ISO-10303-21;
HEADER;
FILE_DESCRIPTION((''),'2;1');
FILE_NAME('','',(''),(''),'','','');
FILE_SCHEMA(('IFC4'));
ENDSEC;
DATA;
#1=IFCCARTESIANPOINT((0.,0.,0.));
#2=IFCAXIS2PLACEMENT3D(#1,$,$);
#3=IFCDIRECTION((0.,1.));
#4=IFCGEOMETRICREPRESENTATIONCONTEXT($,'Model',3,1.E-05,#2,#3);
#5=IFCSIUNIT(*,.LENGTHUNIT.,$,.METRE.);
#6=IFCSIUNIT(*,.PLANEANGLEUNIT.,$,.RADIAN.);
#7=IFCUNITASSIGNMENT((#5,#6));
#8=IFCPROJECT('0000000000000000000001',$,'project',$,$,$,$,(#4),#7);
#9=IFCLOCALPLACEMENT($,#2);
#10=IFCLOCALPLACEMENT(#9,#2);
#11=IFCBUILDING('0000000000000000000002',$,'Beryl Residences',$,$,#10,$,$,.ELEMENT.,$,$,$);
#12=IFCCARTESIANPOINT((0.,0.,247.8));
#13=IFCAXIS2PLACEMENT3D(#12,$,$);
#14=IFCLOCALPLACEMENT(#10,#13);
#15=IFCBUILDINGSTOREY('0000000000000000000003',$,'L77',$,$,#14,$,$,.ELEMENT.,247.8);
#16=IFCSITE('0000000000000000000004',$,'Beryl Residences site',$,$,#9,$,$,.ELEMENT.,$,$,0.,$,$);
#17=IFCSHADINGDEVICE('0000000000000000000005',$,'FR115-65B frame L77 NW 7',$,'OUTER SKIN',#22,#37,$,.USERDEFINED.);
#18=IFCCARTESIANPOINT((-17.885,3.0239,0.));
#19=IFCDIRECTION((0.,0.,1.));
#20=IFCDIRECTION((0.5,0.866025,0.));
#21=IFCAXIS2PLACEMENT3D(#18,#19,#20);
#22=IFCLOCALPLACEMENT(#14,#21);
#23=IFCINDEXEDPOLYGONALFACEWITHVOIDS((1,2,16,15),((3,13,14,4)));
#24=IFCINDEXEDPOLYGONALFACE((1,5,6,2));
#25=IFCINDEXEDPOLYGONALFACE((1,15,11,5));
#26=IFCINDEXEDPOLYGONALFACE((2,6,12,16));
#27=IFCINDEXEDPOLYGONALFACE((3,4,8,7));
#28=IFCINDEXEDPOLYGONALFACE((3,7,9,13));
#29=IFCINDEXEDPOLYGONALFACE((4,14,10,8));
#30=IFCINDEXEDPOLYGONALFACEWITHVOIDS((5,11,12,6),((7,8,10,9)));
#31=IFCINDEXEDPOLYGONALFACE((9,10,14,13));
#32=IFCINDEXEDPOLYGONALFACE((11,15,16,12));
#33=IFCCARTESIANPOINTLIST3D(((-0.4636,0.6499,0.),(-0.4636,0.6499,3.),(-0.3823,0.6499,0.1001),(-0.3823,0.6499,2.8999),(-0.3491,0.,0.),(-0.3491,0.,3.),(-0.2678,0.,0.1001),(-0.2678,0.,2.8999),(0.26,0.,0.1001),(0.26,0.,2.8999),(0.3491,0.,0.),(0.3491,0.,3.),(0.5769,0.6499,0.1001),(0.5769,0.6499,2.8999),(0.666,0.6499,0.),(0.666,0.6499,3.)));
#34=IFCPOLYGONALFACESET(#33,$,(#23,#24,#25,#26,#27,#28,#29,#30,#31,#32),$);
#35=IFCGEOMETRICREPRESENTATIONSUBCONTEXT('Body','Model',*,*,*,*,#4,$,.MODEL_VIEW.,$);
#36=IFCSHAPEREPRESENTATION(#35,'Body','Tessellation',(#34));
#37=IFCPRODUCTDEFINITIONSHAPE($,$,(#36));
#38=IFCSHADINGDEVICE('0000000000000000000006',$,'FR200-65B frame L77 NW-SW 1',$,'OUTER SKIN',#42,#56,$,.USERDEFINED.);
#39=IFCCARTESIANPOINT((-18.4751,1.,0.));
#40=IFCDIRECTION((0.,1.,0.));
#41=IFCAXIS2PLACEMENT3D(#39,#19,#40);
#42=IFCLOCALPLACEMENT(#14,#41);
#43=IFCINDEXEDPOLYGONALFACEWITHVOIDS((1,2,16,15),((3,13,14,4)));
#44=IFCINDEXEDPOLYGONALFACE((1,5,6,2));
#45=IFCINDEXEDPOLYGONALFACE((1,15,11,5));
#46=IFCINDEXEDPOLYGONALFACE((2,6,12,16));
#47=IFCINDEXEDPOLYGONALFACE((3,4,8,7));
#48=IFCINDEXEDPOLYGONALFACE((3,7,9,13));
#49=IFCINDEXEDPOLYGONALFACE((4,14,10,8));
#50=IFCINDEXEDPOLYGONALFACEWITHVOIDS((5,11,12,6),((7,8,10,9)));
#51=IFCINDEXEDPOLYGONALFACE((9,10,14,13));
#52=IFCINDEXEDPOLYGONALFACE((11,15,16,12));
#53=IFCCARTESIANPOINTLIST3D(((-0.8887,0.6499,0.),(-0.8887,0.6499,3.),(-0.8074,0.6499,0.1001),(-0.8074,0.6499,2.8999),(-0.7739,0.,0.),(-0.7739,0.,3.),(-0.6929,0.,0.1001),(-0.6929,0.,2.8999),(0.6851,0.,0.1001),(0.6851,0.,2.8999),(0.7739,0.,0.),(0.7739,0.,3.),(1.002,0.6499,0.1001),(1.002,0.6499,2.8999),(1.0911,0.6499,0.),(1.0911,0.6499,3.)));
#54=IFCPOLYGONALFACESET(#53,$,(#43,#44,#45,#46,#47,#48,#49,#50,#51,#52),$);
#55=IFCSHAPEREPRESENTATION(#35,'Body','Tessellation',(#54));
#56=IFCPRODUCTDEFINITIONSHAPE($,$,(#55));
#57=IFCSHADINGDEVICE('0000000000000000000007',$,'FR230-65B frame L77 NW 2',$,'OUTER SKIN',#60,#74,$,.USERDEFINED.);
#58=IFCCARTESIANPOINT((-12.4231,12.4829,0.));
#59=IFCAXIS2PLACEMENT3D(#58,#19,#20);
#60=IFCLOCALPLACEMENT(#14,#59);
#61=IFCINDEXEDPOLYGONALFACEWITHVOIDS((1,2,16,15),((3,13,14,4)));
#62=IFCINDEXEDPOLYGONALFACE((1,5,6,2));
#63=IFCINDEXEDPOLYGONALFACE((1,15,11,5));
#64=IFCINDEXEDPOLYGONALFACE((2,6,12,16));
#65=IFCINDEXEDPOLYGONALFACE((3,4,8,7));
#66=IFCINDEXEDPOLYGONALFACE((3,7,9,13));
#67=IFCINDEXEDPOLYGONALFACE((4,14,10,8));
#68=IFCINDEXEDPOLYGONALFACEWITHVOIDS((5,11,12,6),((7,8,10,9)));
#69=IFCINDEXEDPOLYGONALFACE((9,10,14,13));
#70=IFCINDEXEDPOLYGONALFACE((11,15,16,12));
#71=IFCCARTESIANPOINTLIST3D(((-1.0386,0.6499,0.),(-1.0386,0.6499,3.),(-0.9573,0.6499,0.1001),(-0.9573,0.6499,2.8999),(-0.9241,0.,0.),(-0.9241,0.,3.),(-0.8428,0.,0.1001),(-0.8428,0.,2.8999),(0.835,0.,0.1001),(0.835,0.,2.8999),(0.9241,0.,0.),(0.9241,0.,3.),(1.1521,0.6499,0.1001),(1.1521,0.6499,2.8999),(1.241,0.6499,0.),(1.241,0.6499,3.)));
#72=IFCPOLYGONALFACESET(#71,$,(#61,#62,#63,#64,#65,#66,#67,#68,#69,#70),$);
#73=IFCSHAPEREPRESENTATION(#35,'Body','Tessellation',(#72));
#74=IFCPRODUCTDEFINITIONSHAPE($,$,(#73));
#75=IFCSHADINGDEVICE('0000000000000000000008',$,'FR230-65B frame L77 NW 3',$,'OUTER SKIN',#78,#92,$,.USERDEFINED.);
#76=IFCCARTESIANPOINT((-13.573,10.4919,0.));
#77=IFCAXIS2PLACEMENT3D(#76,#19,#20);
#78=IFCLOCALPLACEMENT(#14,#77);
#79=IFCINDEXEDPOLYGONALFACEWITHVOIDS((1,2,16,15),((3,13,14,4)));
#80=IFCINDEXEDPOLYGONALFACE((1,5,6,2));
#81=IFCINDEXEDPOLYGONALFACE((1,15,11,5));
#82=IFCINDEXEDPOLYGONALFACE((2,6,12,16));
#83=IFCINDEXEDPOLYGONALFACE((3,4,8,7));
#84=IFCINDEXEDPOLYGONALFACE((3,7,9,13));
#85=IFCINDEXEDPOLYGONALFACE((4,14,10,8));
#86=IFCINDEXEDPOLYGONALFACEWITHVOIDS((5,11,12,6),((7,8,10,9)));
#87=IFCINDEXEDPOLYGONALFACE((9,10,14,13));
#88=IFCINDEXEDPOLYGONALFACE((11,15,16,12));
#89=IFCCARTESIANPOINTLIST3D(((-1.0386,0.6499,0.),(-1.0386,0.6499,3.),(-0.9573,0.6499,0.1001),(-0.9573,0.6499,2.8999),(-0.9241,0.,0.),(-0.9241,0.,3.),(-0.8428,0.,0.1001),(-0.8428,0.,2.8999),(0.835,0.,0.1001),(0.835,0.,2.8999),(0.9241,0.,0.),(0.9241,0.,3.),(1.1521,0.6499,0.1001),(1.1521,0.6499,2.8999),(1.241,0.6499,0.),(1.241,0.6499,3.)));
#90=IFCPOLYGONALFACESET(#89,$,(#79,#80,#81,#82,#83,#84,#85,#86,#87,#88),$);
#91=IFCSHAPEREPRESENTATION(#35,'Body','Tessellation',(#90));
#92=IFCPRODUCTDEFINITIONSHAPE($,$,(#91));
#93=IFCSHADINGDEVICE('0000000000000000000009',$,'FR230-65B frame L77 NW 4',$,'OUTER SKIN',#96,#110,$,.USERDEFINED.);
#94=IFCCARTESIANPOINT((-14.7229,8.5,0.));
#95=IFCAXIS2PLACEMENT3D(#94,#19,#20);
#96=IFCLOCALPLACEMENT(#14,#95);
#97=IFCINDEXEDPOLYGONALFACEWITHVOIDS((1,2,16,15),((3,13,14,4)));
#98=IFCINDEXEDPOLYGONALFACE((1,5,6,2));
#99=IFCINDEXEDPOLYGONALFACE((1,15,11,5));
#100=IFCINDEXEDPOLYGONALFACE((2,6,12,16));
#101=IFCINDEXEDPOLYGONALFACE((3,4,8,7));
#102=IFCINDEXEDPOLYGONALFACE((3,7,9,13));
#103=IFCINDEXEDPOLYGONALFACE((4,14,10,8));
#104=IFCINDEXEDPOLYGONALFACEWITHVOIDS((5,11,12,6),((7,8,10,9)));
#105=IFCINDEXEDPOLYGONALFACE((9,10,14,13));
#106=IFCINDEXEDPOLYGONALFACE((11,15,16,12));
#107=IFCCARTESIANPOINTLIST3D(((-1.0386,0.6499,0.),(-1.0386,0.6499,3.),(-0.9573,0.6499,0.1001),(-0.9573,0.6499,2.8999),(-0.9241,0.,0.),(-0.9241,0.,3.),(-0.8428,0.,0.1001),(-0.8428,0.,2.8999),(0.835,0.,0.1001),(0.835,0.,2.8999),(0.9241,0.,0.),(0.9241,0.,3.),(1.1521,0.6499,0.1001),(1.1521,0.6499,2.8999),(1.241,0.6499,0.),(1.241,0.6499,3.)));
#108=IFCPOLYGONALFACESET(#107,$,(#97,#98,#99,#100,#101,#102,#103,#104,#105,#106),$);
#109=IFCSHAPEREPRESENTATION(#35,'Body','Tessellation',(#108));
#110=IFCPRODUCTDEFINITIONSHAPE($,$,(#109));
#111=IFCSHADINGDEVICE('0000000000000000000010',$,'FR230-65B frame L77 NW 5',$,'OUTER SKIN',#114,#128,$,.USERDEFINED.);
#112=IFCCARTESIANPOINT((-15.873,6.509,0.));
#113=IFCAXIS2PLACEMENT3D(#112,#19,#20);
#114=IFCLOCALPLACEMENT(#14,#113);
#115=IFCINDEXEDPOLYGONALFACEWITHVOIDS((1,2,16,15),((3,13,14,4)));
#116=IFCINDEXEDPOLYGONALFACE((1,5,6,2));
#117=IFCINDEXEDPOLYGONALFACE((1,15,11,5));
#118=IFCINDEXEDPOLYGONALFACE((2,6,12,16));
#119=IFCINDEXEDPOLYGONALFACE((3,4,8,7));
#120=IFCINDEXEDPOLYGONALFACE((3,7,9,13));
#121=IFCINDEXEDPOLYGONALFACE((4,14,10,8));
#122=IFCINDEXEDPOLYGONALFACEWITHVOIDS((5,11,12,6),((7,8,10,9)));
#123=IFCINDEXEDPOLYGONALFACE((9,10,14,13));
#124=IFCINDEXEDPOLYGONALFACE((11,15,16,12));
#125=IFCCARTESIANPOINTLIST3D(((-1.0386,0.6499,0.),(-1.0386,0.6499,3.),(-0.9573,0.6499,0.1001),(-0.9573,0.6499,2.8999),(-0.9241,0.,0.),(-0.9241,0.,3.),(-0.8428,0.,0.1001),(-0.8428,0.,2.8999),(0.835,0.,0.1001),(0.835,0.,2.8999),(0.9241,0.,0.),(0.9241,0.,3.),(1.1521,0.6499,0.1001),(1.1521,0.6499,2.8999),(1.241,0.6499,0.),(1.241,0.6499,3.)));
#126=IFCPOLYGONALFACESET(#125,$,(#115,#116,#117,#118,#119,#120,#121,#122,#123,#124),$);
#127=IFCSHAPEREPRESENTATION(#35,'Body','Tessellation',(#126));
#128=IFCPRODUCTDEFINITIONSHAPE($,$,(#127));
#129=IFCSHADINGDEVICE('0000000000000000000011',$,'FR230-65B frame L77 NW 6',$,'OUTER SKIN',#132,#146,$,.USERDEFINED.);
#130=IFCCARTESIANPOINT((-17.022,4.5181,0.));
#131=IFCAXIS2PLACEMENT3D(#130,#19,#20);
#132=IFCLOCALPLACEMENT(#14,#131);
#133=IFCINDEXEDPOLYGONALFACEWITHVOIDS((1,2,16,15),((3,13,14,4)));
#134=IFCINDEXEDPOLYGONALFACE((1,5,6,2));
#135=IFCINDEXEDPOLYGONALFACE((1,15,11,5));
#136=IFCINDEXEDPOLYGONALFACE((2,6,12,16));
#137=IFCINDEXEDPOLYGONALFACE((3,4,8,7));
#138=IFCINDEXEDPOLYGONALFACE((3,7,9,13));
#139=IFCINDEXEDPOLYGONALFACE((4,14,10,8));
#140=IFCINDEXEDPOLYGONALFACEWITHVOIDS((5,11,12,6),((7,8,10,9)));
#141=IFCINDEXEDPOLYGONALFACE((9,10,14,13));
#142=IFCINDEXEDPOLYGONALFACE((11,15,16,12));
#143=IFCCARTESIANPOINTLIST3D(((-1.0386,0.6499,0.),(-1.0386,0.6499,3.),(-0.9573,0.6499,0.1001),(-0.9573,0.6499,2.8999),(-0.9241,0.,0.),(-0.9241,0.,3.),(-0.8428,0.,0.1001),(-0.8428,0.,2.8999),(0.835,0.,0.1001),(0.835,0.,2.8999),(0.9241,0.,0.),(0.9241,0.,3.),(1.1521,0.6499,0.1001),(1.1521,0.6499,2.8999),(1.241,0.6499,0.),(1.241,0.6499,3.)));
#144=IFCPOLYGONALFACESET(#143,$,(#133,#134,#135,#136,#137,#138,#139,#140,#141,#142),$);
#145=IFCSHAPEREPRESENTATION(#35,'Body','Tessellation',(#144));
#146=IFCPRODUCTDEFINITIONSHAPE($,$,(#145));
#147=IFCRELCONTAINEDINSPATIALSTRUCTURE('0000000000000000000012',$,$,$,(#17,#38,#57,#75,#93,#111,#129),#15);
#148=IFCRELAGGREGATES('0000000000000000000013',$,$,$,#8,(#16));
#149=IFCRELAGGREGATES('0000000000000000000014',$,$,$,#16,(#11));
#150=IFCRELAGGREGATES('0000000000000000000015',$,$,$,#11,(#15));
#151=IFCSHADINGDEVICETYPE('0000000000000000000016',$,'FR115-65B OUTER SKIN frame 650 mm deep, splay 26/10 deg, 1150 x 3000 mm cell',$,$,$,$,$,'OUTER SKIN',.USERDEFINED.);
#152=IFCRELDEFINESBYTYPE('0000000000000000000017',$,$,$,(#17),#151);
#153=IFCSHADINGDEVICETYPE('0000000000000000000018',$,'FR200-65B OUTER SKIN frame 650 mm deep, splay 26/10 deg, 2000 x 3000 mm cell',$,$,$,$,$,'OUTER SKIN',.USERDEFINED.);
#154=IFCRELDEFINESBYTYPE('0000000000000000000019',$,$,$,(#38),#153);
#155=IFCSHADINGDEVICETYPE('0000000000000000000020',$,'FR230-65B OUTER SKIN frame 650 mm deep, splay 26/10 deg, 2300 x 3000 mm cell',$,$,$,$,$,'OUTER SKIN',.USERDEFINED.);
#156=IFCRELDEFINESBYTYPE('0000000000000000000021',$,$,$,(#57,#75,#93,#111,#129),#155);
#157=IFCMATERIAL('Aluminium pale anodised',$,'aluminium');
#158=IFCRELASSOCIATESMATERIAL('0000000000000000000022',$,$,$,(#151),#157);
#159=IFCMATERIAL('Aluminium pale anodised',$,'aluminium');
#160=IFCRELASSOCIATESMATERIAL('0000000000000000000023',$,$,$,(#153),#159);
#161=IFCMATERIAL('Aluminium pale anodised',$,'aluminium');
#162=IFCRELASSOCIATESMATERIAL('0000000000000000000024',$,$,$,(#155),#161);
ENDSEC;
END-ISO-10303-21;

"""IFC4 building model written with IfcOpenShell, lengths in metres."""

from ifc_helpers import new_model, entity, si_unit, direction, frame, origin, place, context, subcontext, project, spatial, source, transform, mapped, material, type_object, type_shapes, element, save


model = new_model("IFC4")

# Units and contexts
model_context = context("Model", 3, precision=1e-05, world=origin(), true_north=direction((0.0, 1.0)))
body_context = subcontext(model_context, "Body", "Model", "MODEL_VIEW")
ifc_project = project(units=[si_unit("LENGTHUNIT", "METRE"), si_unit("PLANEANGLEUNIT", "RADIAN")], contexts=[model_context])

# Site, building, storey
site_placement = place(None, origin())
site = spatial("IfcSite", under=ifc_project, at=site_placement, Name="Beryl Residences site", CompositionType="ELEMENT", RefElevation=0.0)
building_placement = place(site_placement, origin())
building = spatial("IfcBuilding", under=site, at=building_placement, Name="Beryl Residences", CompositionType="ELEMENT")
storey_placement = place(building_placement, frame((0.0, 0.0, 247.8)))
storey = spatial("IfcBuildingStorey", under=building, at=storey_placement, Name="L77", CompositionType="ELEMENT", Elevation=247.8)

# Shading devices
ifc_material_1 = material(Name="Aluminium pale anodised", Category="aluminium")
shading_device_type_1 = type_object("IfcShadingDeviceType", Name="FR115-65B OUTER SKIN frame 650 mm deep, splay 26/10 deg, 1150 x 3000 mm cell", ElementType="OUTER SKIN", PredefinedType="USERDEFINED", material=ifc_material_1)
cartesian_point_1 = entity("IfcCartesianPoint", [-0.3491, 0.0])
cartesian_point_2 = entity("IfcCartesianPoint", [-0.26, 0.1001])
cartesian_point_3 = entity("IfcCartesianPoint", [-0.666, 0.0])
cartesian_point_4 = entity("IfcCartesianPoint", [-0.5769, 0.1001])
shared_shape_1 = source(origin(), body_context, "Body", "SweptSolid", [
    entity("IfcExtrudedAreaSolidTapered", entity("IfcArbitraryProfileDefWithVoids", "AREA", None, entity("IfcPolyline", [cartesian_point_1, entity("IfcCartesianPoint", [0.3491, 0.0]), entity("IfcCartesianPoint", [0.3491, 3.0]), entity("IfcCartesianPoint", [-0.3491, 3.0]), cartesian_point_1]), [entity("IfcPolyline", [cartesian_point_2, entity("IfcCartesianPoint", [0.2678, 0.1001]), entity("IfcCartesianPoint", [0.2678, 2.8999]), entity("IfcCartesianPoint", [-0.26, 2.8999]), cartesian_point_2])]), entity("IfcAxis2Placement3D", entity("IfcCartesianPoint", [0.0, 0.0, 0.0]), entity("IfcDirection", [0.0, 1.0, 0.0]), entity("IfcDirection", [-1.0, 0.0, 0.0])), entity("IfcDirection", [0.0, 0.0, 1.0]), 0.6499, entity("IfcArbitraryProfileDefWithVoids", "AREA", None, entity("IfcPolyline", [cartesian_point_3, entity("IfcCartesianPoint", [0.4636, 0.0]), entity("IfcCartesianPoint", [0.4636, 3.0]), entity("IfcCartesianPoint", [-0.666, 3.0]), cartesian_point_3]), [entity("IfcPolyline", [cartesian_point_4, entity("IfcCartesianPoint", [0.3823, 0.1001]), entity("IfcCartesianPoint", [0.3823, 2.8999]), entity("IfcCartesianPoint", [-0.5769, 2.8999]), cartesian_point_4])])),
])
type_shapes(shading_device_type_1, [shared_shape_1])
shading_device_1_placement = place(storey_placement, frame((-17.885, 3.0239, 0.0), z_axis=(0.0, 0.0, 1.0), x_axis=(0.5, 0.866025, 0.0)))
element("IfcShadingDevice", 1, at=shading_device_1_placement, inside=storey, type_object=shading_device_type_1, Name="FR115-65B frame L77 NW 7", ObjectType="OUTER SKIN", PredefinedType="USERDEFINED", context=body_context, shape_type="MappedRepresentation", body=[
    mapped(shared_shape_1, transform((0.0, 0.0, 0.0))),
])
ifc_material_2 = material(Name="Aluminium pale anodised", Category="aluminium")
shading_device_type_2 = type_object("IfcShadingDeviceType", Name="FR200-65B OUTER SKIN frame 650 mm deep, splay 26/10 deg, 2000 x 3000 mm cell", ElementType="OUTER SKIN", PredefinedType="USERDEFINED", material=ifc_material_2)
cartesian_point_5 = entity("IfcCartesianPoint", [-0.7739, 0.0])
cartesian_point_6 = entity("IfcCartesianPoint", [-0.6851, 0.1001])
cartesian_point_7 = entity("IfcCartesianPoint", [-1.0911, 0.0])
cartesian_point_8 = entity("IfcCartesianPoint", [-1.002, 0.1001])
shared_shape_2 = source(origin(), body_context, "Body", "SweptSolid", [
    entity("IfcExtrudedAreaSolidTapered", entity("IfcArbitraryProfileDefWithVoids", "AREA", None, entity("IfcPolyline", [cartesian_point_5, entity("IfcCartesianPoint", [0.7739, 0.0]), entity("IfcCartesianPoint", [0.7739, 3.0]), entity("IfcCartesianPoint", [-0.7739, 3.0]), cartesian_point_5]), [entity("IfcPolyline", [cartesian_point_6, entity("IfcCartesianPoint", [0.6929, 0.1001]), entity("IfcCartesianPoint", [0.6929, 2.8999]), entity("IfcCartesianPoint", [-0.6851, 2.8999]), cartesian_point_6])]), entity("IfcAxis2Placement3D", entity("IfcCartesianPoint", [0.0, 0.0, 0.0]), entity("IfcDirection", [0.0, 1.0, 0.0]), entity("IfcDirection", [-1.0, 0.0, 0.0])), entity("IfcDirection", [0.0, 0.0, 1.0]), 0.6499, entity("IfcArbitraryProfileDefWithVoids", "AREA", None, entity("IfcPolyline", [cartesian_point_7, entity("IfcCartesianPoint", [0.8887, 0.0]), entity("IfcCartesianPoint", [0.8887, 3.0]), entity("IfcCartesianPoint", [-1.0911, 3.0]), cartesian_point_7]), [entity("IfcPolyline", [cartesian_point_8, entity("IfcCartesianPoint", [0.8074, 0.1001]), entity("IfcCartesianPoint", [0.8074, 2.8999]), entity("IfcCartesianPoint", [-1.002, 2.8999]), cartesian_point_8])])),
])
type_shapes(shading_device_type_2, [shared_shape_2])
shading_device_2_placement = place(storey_placement, frame((-18.4751, 1.0, 0.0), z_axis=(0.0, 0.0, 1.0), x_axis=(0.0, 1.0, 0.0)))
element("IfcShadingDevice", 2, at=shading_device_2_placement, inside=storey, type_object=shading_device_type_2, Name="FR200-65B frame L77 NW-SW 1", ObjectType="OUTER SKIN", PredefinedType="USERDEFINED", context=body_context, shape_type="MappedRepresentation", body=[
    mapped(shared_shape_2, transform((0.0, 0.0, 0.0))),
])
ifc_material_3 = material(Name="Aluminium pale anodised", Category="aluminium")
shading_device_type_3 = type_object("IfcShadingDeviceType", Name="FR230-65B OUTER SKIN frame 650 mm deep, splay 26/10 deg, 2300 x 3000 mm cell", ElementType="OUTER SKIN", PredefinedType="USERDEFINED", material=ifc_material_3)
cartesian_point_9 = entity("IfcCartesianPoint", [-0.9241, 0.0])
cartesian_point_10 = entity("IfcCartesianPoint", [-0.835, 0.1001])
cartesian_point_11 = entity("IfcCartesianPoint", [-1.241, 0.0])
cartesian_point_12 = entity("IfcCartesianPoint", [-1.1521, 0.1001])
shared_shape_3 = source(origin(), body_context, "Body", "SweptSolid", [
    entity("IfcExtrudedAreaSolidTapered", entity("IfcArbitraryProfileDefWithVoids", "AREA", None, entity("IfcPolyline", [cartesian_point_9, entity("IfcCartesianPoint", [0.9241, 0.0]), entity("IfcCartesianPoint", [0.9241, 3.0]), entity("IfcCartesianPoint", [-0.9241, 3.0]), cartesian_point_9]), [entity("IfcPolyline", [cartesian_point_10, entity("IfcCartesianPoint", [0.8428, 0.1001]), entity("IfcCartesianPoint", [0.8428, 2.8999]), entity("IfcCartesianPoint", [-0.835, 2.8999]), cartesian_point_10])]), entity("IfcAxis2Placement3D", entity("IfcCartesianPoint", [0.0, 0.0, 0.0]), entity("IfcDirection", [0.0, 1.0, 0.0]), entity("IfcDirection", [-1.0, 0.0, 0.0])), entity("IfcDirection", [0.0, 0.0, 1.0]), 0.6499, entity("IfcArbitraryProfileDefWithVoids", "AREA", None, entity("IfcPolyline", [cartesian_point_11, entity("IfcCartesianPoint", [1.0386, 0.0]), entity("IfcCartesianPoint", [1.0386, 3.0]), entity("IfcCartesianPoint", [-1.241, 3.0]), cartesian_point_11]), [entity("IfcPolyline", [cartesian_point_12, entity("IfcCartesianPoint", [0.9573, 0.1001]), entity("IfcCartesianPoint", [0.9573, 2.8999]), entity("IfcCartesianPoint", [-1.1521, 2.8999]), cartesian_point_12])])),
])
type_shapes(shading_device_type_3, [shared_shape_3])
for number, where, z_axis, x_axis, name in (
    (3, (-12.4231, 12.4829, 0.0), (0.0, 0.0, 1.0), (0.5, 0.866025, 0.0), "FR230-65B frame L77 NW 2"),
    (4, (-13.573, 10.4919, 0.0), (0.0, 0.0, 1.0), (0.5, 0.866025, 0.0), "FR230-65B frame L77 NW 3"),
    (5, (-14.7229, 8.5, 0.0), (0.0, 0.0, 1.0), (0.5, 0.866025, 0.0), "FR230-65B frame L77 NW 4"),
    (6, (-15.873, 6.509, 0.0), (0.0, 0.0, 1.0), (0.5, 0.866025, 0.0), "FR230-65B frame L77 NW 5"),
    (7, (-17.022, 4.5181, 0.0), (0.0, 0.0, 1.0), (0.5, 0.866025, 0.0), "FR230-65B frame L77 NW 6"),
):
    element("IfcShadingDevice", number, at=place(storey_placement, frame(where, z_axis=z_axis, x_axis=x_axis)), inside=storey, type_object=shading_device_type_3, Name=name, ObjectType="OUTER SKIN", PredefinedType="USERDEFINED", context=body_context, shape_type="MappedRepresentation", body=[
        mapped(shared_shape_3, transform((0.0, 0.0, 0.0))),
    ])

save(model, "model.ifc")
